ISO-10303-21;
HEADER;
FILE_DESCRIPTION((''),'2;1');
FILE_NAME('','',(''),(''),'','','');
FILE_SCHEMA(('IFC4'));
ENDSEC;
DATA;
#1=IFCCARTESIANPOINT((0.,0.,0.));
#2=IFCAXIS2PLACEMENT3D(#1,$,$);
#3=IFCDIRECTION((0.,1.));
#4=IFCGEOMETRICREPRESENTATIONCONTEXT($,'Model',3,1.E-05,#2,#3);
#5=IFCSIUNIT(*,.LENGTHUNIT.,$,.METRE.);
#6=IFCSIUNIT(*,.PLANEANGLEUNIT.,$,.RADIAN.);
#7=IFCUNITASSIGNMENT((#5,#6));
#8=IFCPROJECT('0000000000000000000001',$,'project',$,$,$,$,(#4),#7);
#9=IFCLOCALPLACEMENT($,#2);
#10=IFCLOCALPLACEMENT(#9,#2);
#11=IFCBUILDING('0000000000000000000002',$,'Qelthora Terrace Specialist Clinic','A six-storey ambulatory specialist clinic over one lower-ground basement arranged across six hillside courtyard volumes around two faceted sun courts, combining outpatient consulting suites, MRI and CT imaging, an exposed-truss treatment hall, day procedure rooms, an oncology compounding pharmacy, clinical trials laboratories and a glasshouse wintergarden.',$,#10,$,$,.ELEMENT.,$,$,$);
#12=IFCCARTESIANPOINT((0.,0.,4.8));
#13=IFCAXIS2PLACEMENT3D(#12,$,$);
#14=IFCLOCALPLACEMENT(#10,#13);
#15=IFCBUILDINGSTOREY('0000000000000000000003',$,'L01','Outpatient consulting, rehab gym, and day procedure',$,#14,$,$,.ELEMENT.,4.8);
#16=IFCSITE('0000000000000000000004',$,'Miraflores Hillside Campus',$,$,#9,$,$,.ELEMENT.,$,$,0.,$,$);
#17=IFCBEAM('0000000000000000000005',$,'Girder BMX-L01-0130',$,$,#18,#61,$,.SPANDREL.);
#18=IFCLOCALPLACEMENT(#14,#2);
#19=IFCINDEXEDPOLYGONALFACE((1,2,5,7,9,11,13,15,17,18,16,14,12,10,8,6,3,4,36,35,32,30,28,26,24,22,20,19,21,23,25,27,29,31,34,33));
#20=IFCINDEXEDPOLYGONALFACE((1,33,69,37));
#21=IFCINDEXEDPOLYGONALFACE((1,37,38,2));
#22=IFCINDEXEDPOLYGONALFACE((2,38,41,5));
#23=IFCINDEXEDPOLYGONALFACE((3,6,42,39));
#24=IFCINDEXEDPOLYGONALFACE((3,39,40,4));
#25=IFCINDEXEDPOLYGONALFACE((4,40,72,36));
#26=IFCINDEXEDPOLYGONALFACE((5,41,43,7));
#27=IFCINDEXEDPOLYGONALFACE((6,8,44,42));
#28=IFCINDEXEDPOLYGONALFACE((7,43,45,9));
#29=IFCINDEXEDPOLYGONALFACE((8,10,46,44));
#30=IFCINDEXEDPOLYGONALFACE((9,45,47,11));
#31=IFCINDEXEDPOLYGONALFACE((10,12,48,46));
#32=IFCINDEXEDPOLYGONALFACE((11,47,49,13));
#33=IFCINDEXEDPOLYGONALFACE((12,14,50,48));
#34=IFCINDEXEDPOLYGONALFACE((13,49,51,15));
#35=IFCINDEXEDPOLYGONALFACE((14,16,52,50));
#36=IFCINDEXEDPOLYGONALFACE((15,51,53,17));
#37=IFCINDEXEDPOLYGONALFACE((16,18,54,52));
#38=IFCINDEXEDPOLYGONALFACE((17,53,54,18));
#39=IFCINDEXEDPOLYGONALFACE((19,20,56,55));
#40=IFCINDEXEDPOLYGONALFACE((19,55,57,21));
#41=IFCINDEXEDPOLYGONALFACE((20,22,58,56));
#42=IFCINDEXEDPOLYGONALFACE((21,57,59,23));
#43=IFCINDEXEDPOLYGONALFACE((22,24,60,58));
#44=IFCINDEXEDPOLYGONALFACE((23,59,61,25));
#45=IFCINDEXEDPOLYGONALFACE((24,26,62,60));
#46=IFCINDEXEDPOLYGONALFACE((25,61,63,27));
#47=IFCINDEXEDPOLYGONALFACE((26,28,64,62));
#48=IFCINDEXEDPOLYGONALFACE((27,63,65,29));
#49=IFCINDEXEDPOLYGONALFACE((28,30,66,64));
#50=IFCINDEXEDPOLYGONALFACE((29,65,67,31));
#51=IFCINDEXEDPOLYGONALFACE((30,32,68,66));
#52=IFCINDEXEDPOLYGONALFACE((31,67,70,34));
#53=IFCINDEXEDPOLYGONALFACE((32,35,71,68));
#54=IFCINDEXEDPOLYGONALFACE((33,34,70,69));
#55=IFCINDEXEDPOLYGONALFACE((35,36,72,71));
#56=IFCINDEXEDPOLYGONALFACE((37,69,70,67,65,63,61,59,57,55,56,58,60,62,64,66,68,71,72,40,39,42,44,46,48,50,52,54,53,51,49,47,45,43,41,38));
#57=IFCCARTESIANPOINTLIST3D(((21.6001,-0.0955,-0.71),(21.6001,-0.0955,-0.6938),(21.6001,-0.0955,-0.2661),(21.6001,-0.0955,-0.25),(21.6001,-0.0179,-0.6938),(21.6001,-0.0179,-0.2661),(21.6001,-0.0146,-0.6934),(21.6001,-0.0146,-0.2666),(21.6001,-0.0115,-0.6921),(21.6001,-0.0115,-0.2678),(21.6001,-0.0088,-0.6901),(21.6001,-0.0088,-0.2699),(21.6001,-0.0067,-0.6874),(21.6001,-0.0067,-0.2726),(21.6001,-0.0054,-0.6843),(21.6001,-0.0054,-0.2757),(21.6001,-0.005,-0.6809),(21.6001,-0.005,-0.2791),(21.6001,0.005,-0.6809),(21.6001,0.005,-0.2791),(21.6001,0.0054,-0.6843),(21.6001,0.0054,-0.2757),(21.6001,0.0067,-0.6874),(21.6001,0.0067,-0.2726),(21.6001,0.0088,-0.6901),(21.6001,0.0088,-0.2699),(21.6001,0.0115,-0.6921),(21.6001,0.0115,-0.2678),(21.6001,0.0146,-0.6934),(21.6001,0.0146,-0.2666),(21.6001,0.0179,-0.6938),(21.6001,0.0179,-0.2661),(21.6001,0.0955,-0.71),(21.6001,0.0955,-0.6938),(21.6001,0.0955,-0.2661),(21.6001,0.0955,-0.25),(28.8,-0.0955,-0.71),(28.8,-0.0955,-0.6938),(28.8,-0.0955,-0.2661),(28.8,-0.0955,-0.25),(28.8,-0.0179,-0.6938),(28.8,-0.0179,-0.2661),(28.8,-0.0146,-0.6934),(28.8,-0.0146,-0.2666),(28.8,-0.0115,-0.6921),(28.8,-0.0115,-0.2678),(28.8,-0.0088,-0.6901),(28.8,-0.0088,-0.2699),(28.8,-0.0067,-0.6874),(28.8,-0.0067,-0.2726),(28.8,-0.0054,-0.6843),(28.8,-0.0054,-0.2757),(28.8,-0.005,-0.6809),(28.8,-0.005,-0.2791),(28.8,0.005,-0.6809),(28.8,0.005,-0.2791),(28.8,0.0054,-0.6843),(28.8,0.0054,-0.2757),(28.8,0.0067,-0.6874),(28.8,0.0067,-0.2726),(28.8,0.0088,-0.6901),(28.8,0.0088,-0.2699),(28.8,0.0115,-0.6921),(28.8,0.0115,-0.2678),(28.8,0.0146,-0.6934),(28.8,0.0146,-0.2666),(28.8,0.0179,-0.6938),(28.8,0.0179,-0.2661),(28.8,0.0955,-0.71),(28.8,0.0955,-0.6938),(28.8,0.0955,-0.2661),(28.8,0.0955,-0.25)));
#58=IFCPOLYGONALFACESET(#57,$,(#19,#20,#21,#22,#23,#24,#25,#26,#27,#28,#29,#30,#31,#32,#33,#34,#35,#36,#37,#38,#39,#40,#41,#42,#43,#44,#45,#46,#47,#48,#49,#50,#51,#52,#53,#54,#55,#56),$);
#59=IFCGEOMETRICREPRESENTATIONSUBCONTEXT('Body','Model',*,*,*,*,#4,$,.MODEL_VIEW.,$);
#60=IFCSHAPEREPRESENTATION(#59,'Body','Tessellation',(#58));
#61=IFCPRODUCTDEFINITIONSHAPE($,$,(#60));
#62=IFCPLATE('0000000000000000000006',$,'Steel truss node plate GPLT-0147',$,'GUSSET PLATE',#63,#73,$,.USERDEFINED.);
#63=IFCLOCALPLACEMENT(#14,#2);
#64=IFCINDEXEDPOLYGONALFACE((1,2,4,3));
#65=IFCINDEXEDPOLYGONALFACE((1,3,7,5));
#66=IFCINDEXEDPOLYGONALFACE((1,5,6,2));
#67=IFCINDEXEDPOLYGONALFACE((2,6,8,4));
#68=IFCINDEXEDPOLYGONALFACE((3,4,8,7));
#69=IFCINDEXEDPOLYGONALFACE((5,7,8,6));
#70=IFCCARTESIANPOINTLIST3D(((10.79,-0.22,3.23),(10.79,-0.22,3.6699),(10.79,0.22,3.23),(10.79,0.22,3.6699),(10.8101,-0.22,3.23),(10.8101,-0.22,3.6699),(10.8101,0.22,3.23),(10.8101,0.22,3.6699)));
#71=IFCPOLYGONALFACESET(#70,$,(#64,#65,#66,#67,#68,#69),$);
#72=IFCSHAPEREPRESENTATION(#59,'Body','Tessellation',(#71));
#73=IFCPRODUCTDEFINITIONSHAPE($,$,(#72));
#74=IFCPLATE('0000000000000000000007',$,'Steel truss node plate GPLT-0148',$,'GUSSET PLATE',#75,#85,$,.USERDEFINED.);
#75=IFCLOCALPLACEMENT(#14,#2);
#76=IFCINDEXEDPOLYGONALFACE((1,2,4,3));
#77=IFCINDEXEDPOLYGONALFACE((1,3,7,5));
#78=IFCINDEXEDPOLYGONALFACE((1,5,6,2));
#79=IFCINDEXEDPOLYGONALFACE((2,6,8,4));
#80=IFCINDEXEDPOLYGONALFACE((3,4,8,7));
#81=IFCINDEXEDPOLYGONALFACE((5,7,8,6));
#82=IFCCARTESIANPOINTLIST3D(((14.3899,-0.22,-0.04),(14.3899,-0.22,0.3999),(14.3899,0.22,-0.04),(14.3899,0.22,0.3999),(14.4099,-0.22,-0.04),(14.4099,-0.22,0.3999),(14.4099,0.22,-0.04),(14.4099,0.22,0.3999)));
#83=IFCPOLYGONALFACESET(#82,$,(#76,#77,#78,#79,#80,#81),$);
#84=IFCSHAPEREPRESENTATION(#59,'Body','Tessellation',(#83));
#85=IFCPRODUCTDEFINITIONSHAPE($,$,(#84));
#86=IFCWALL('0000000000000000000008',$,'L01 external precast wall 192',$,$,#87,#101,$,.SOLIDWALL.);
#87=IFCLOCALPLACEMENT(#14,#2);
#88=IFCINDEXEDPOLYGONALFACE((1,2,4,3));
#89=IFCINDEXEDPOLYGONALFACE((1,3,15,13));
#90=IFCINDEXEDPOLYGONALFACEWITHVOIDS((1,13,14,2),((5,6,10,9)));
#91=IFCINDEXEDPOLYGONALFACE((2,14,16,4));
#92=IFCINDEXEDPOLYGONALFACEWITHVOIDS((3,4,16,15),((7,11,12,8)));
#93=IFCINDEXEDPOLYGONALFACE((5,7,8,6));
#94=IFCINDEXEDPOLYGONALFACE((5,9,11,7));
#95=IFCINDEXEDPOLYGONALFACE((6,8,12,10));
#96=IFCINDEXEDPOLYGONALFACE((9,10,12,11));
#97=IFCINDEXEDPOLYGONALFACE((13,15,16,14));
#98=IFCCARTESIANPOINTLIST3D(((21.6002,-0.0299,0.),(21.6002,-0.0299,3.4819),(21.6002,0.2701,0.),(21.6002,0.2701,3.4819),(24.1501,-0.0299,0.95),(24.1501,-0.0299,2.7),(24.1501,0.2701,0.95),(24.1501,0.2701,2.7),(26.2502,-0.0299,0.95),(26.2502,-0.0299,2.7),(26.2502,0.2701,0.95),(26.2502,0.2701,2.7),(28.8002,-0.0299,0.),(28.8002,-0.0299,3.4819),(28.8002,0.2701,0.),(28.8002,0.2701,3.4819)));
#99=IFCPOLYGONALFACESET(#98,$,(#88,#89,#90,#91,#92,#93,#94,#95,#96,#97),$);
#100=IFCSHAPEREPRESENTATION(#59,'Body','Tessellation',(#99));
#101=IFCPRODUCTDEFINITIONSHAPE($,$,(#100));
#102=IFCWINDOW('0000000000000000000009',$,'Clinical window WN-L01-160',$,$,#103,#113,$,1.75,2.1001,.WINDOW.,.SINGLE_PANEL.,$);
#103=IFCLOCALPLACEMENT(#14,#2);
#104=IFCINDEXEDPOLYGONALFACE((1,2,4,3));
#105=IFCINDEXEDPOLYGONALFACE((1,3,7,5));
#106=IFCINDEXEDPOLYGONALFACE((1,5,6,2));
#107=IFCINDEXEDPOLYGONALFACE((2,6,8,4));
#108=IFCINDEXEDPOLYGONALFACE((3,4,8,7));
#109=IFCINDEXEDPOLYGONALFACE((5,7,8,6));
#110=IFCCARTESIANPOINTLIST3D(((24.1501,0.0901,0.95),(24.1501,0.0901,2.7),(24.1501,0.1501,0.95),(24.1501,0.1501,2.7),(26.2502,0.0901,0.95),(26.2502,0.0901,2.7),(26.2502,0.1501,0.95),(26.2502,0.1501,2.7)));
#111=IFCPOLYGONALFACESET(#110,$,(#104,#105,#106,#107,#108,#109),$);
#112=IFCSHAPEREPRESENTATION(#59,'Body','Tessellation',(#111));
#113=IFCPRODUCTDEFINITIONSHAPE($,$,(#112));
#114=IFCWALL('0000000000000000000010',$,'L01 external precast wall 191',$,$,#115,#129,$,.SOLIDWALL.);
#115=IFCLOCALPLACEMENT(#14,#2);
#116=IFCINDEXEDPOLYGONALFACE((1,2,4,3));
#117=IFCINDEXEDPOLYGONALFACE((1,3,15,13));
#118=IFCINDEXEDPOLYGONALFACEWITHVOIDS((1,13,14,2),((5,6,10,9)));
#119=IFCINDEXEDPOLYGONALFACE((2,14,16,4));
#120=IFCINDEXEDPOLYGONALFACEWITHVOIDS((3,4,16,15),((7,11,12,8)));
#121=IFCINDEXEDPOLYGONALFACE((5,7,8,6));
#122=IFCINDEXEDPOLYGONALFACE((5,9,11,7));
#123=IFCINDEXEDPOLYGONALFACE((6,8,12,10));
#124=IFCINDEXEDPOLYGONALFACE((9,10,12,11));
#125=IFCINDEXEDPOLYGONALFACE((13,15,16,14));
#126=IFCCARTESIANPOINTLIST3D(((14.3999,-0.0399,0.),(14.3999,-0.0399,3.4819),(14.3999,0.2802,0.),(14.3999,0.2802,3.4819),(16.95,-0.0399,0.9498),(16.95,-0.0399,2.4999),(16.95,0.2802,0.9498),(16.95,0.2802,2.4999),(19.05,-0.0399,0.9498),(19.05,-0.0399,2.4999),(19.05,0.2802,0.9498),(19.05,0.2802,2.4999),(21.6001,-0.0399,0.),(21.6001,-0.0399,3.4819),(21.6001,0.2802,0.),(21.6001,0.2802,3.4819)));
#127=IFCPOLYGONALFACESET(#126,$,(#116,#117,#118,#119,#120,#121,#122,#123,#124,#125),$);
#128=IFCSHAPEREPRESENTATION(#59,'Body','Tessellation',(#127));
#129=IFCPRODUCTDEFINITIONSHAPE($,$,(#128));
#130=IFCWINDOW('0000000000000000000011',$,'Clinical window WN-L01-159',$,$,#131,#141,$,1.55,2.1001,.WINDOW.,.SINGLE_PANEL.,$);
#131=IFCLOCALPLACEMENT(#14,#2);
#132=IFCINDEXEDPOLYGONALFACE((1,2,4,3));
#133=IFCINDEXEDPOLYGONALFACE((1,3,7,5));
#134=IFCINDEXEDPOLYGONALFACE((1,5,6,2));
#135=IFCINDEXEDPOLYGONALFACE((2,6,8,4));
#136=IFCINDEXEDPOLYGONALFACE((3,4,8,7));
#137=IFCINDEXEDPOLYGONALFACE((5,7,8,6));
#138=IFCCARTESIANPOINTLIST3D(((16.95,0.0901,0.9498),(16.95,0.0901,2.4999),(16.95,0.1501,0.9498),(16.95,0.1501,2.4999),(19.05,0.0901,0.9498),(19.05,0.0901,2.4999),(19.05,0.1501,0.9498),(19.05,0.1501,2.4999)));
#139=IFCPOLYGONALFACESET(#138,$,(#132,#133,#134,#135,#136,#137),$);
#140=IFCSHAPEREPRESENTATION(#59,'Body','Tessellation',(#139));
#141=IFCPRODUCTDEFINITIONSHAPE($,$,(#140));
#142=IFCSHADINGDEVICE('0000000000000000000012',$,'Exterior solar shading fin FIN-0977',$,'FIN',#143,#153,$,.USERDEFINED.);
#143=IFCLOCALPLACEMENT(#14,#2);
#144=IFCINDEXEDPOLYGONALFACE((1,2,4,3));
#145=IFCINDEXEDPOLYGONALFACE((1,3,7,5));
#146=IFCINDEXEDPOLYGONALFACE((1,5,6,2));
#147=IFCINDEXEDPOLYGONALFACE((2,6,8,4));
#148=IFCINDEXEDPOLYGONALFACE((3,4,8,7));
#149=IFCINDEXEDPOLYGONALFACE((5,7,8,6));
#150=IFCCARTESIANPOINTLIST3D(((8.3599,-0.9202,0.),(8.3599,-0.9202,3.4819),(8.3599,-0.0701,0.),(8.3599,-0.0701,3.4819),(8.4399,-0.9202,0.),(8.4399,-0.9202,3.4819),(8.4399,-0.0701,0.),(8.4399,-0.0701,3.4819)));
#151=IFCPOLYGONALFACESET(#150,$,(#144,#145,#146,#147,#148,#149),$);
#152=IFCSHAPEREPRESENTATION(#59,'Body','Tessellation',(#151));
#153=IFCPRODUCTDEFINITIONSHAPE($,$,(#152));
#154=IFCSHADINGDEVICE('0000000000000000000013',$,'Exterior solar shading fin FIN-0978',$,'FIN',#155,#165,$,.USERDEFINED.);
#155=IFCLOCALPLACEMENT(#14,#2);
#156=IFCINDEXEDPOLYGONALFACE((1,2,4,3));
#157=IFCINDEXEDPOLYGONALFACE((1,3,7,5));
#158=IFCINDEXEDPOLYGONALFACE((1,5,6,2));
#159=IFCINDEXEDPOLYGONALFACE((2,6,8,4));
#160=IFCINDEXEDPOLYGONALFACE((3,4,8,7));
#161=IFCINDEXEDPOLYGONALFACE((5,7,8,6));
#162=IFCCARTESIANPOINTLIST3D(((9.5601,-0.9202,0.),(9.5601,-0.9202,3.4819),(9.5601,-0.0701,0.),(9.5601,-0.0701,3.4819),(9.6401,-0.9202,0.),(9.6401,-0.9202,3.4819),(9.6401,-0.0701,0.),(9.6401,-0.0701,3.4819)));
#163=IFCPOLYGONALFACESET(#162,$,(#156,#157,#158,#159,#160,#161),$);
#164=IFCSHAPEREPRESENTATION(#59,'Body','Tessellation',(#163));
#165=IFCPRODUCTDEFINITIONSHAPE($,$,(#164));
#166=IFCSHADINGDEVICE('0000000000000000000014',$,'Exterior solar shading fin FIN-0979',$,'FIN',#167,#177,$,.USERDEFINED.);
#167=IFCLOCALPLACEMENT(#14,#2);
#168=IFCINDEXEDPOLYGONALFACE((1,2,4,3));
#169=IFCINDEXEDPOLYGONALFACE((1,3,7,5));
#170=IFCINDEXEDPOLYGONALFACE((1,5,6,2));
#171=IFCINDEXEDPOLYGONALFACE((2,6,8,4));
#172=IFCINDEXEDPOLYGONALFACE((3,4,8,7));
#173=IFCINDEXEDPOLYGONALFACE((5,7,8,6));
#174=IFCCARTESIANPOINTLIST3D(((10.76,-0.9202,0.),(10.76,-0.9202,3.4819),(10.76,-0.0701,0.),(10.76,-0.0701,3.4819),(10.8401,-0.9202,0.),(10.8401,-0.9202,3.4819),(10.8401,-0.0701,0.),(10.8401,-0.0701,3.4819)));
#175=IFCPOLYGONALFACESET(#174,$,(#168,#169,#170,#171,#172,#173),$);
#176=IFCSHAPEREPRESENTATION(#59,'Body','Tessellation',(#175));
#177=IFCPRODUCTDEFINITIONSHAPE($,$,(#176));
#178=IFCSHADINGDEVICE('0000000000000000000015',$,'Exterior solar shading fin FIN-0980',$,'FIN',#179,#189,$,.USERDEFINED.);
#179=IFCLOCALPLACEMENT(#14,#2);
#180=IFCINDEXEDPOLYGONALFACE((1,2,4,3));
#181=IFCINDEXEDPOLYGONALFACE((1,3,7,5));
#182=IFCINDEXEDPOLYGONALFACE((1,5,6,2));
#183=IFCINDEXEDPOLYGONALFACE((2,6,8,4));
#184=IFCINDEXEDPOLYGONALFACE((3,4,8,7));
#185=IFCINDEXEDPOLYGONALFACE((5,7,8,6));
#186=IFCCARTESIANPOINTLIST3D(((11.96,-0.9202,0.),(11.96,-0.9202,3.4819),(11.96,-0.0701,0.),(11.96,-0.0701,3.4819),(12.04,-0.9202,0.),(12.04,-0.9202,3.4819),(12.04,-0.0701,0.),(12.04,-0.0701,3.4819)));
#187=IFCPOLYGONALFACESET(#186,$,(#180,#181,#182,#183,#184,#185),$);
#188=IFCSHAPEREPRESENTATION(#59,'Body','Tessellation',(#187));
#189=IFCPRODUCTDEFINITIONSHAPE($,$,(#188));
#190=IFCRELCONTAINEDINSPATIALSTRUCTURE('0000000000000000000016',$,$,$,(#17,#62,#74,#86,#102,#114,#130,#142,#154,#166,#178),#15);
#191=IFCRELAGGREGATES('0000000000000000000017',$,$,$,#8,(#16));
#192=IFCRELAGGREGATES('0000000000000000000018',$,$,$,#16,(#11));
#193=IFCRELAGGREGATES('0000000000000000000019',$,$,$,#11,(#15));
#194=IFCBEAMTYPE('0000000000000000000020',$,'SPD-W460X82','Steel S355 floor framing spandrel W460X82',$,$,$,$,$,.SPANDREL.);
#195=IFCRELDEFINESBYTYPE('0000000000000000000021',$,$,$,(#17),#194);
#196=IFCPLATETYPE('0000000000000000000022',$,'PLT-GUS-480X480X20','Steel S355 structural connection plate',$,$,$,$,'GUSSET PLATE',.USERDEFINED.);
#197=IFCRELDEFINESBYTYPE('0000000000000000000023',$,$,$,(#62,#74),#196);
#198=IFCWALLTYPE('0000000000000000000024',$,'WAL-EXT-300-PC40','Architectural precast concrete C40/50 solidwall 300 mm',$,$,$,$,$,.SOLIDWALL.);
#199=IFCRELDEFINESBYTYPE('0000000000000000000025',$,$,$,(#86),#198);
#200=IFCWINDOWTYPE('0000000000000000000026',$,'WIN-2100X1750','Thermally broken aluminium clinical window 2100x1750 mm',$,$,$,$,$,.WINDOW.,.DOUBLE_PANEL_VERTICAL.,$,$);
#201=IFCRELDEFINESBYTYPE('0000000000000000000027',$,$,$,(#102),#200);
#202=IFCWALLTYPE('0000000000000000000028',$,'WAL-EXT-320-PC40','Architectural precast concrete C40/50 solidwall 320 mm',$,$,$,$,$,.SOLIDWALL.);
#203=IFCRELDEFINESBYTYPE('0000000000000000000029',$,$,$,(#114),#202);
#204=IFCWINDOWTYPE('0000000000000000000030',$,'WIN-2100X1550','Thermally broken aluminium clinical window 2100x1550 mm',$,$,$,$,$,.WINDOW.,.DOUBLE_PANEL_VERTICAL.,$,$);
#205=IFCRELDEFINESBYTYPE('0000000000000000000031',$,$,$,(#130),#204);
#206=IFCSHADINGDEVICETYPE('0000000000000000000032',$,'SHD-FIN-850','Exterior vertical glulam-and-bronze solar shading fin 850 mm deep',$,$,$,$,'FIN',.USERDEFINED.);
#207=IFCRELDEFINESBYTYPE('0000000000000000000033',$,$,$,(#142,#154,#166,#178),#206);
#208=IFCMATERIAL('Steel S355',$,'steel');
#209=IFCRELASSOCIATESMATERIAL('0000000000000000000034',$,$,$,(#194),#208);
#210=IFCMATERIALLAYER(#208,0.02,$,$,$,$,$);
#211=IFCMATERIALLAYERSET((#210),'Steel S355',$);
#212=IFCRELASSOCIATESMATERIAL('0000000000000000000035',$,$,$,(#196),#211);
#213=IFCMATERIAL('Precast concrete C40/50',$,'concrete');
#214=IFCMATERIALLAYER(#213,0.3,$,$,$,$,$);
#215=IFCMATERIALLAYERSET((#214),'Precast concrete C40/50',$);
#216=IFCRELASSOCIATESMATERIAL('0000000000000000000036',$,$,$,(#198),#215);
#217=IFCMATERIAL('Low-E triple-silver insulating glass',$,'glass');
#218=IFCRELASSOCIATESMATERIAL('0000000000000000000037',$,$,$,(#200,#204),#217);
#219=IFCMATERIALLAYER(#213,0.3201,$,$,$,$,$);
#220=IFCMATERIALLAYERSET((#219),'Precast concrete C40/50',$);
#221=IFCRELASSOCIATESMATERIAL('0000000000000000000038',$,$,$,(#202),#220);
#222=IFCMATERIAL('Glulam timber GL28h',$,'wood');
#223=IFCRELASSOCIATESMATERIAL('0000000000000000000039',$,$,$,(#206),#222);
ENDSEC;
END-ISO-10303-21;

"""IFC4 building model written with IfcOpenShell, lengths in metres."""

from ifc_helpers import new_model, si_unit, direction, frame, frame_2d, origin, origin_2d, place, context, subcontext, project, spatial, rectangle, i_section, extrude, material, layer, layer_set, material_profile, profile_set, type_object, element, fill, save


model = new_model("IFC4")

# Units and contexts
model_context = context("Model", 3, precision=1e-05, world=origin(), true_north=direction((0.0, 1.0)))
body_context = subcontext(model_context, "Body", "Model", "MODEL_VIEW")
ifc_project = project(units=[si_unit("LENGTHUNIT", "METRE"), si_unit("PLANEANGLEUNIT", "RADIAN")], contexts=[model_context])

# Site, building, storey
site_placement = place(None, origin())
site = spatial("IfcSite", under=ifc_project, at=site_placement, Name="Miraflores Hillside Campus", CompositionType="ELEMENT", RefElevation=0.0)
building_placement = place(site_placement, origin())
building = spatial("IfcBuilding", under=site, at=building_placement, Name="Qelthora Terrace Specialist Clinic", Description="A six-storey ambulatory specialist clinic over one lower-ground basement arranged across six hillside courtyard volumes around two faceted sun courts, combining outpatient consulting suites, MRI and CT imaging, an exposed-truss treatment hall, day procedure rooms, an oncology compounding pharmacy, clinical trials laboratories and a glasshouse wintergarden.", CompositionType="ELEMENT")
storey_placement = place(building_placement, frame((0.0, 0.0, 4.8)))
storey = spatial("IfcBuildingStorey", under=building, at=storey_placement, Name="L01", Description="Outpatient consulting, rehab gym, and day procedure", CompositionType="ELEMENT", Elevation=4.8)

# Shared definitions
ifc_material_1 = material(Name="Steel S355", Category="steel")

# Beam
ifc_material_profile_1 = material_profile(ifc_material_1, i_section(OverallWidth=0.1909, OverallDepth=0.46, WebThickness=0.01, FlangeThickness=0.0161, FilletRadius=0.0129, at=origin_2d()), Name="W460X82")
ifc_profile_set_1 = profile_set([ifc_material_profile_1], Name="Steel S355")
beam_type_1 = type_object("IfcBeamType", Name="SPD-W460X82", Description="Steel S355 floor framing spandrel W460X82", PredefinedType="SPANDREL", material=ifc_profile_set_1)
beam_1_placement = place(storey_placement, frame((21.6001, 0.0, -0.48), z_axis=(1.0, 0.0, 0.0), x_axis=(0.0, 1.0, 0.0)))
element("IfcBeam", 1, at=beam_1_placement, inside=storey, type_object=beam_type_1, Name="Girder BMX-L01-0130", PredefinedType="SPANDREL", context=body_context, shape_type="SweptSolid", body=[
    extrude(i_section(OverallWidth=0.1909, OverallDepth=0.46, WebThickness=0.01, FlangeThickness=0.0161, FilletRadius=0.0129, at=origin_2d()), origin(), (0.0, 0.0, 1.0), 7.2),
])

# Plates
ifc_layer_1 = layer(ifc_material_1, 0.02)
ifc_layer_set_1 = layer_set([ifc_layer_1], Name="Steel S355")
plate_type = type_object("IfcPlateType", Name="PLT-GUS-480X480X20", Description="Steel S355 structural connection plate", ElementType="GUSSET PLATE", PredefinedType="USERDEFINED", material=ifc_layer_set_1)
for number, where, z_axis, x_axis, name in (
    (2, (10.8, 0.0, 3.23), (0.0, 0.0, 1.0), (1.0, 0.0, 0.0), "Steel truss node plate GPLT-0147"),
    (3, (14.3999, 0.0, -0.04), (0.0, 0.0, 1.0), (1.0, 0.0, 0.0), "Steel truss node plate GPLT-0148"),
):
    element("IfcPlate", number, at=place(storey_placement, frame(where, z_axis=z_axis, x_axis=x_axis)), inside=storey, type_object=plate_type, Name=name, ObjectType="GUSSET PLATE", PredefinedType="USERDEFINED", context=body_context, shape_type="SweptSolid", body=[
        extrude(rectangle(XDim=0.02, YDim=0.4399, at=origin_2d()), origin(), (0.0, 0.0, 1.0), 0.4399),
    ])

# Walls, openings, windows
ifc_material_2 = material(Name="Precast concrete C40/50", Category="concrete")
ifc_layer_2 = layer(ifc_material_2, 0.3)
ifc_layer_set_2 = layer_set([ifc_layer_2], Name="Precast concrete C40/50")
wall_type_1 = type_object("IfcWallType", Name="WAL-EXT-300-PC40", Description="Architectural precast concrete C40/50 solidwall 300 mm", PredefinedType="SOLIDWALL", material=ifc_layer_set_2)
wall_1_placement = place(storey_placement, frame((21.6001, 0.1201, 0.0), z_axis=(0.0, 0.0, 1.0), x_axis=(1.0, 0.0, 0.0)))
wall_1 = element("IfcWall", 4, at=wall_1_placement, inside=storey, type_object=wall_type_1, Name="L01 external precast wall 192", PredefinedType="SOLIDWALL", context=body_context, shape_type="SweptSolid", body=[
    extrude(rectangle(XDim=7.2, YDim=0.3, at=frame_2d((3.6001, 0.0))), origin(), (0.0, 0.0, 1.0), 3.4819),
])
opening_1_placement = place(wall_1_placement, frame((2.55, 0.0, 0.95)))
opening_1 = element("IfcOpeningElement", 5, at=opening_1_placement, cuts=wall_1, PredefinedType="OPENING", context=body_context, shape_type="SweptSolid", body=[
    extrude(rectangle(XDim=2.1001, YDim=1.75, at=frame_2d((1.05, 0.875))), frame((0.0, 0.1599, 0.0), z_axis=(0.0, -1.0, 0.0), x_axis=(1.0, 0.0, 0.0)), (0.0, 0.0, 1.0), 0.3201),
])
ifc_material_3 = material(Name="Low-E triple-silver insulating glass", Category="glass")
window_type_1 = type_object("IfcWindowType", Name="WIN-2100X1750", Description="Thermally broken aluminium clinical window 2100x1750 mm", PartitioningType="DOUBLE_PANEL_VERTICAL", PredefinedType="WINDOW", material=ifc_material_3)
window_1_placement = place(opening_1_placement, origin())
window_1 = element("IfcWindow", 6, at=window_1_placement, inside=storey, type_object=window_type_1, Name="Clinical window WN-L01-160", OverallHeight=1.75, OverallWidth=2.1001, PartitioningType="SINGLE_PANEL", PredefinedType="WINDOW", context=body_context, shape_type="SweptSolid", body=[
    extrude(rectangle(XDim=2.1001, YDim=1.75, at=frame_2d((1.05, 0.875))), frame((0.0, 0.03, 0.0), z_axis=(0.0, -1.0, 0.0), x_axis=(1.0, 0.0, 0.0)), (0.0, 0.0, 1.0), 0.0601),
])
fill(opening_1, window_1)
ifc_layer_3 = layer(ifc_material_2, 0.3201)
ifc_layer_set_3 = layer_set([ifc_layer_3], Name="Precast concrete C40/50")
wall_type_2 = type_object("IfcWallType", Name="WAL-EXT-320-PC40", Description="Architectural precast concrete C40/50 solidwall 320 mm", PredefinedType="SOLIDWALL", material=ifc_layer_set_3)
wall_2_placement = place(storey_placement, frame((14.3999, 0.1201, 0.0), z_axis=(0.0, 0.0, 1.0), x_axis=(1.0, 0.0, 0.0)))
wall_2 = element("IfcWall", 7, at=wall_2_placement, inside=storey, type_object=wall_type_2, Name="L01 external precast wall 191", PredefinedType="SOLIDWALL", context=body_context, shape_type="SweptSolid", body=[
    extrude(rectangle(XDim=7.2002, YDim=0.3201, at=frame_2d((3.6001, 0.0))), origin(), (0.0, 0.0, 1.0), 3.4819),
])
opening_2_placement = place(wall_2_placement, frame((2.55, 0.0, 0.95)))
opening_2 = element("IfcOpeningElement", 8, at=opening_2_placement, cuts=wall_2, PredefinedType="OPENING", context=body_context, shape_type="SweptSolid", body=[
    extrude(rectangle(XDim=2.1001, YDim=1.55, at=frame_2d((1.05, 0.7749))), frame((0.0, 0.1699, 0.0), z_axis=(0.0, -1.0, 0.0), x_axis=(1.0, 0.0, 0.0)), (0.0, 0.0, 1.0), 0.3401),
])
window_type_2 = type_object("IfcWindowType", Name="WIN-2100X1550", Description="Thermally broken aluminium clinical window 2100x1550 mm", PartitioningType="DOUBLE_PANEL_VERTICAL", PredefinedType="WINDOW", material=ifc_material_3)
window_2_placement = place(opening_2_placement, origin())
window_2 = element("IfcWindow", 9, at=window_2_placement, inside=storey, type_object=window_type_2, Name="Clinical window WN-L01-159", OverallHeight=1.55, OverallWidth=2.1001, PartitioningType="SINGLE_PANEL", PredefinedType="WINDOW", context=body_context, shape_type="SweptSolid", body=[
    extrude(rectangle(XDim=2.1001, YDim=1.55, at=frame_2d((1.05, 0.7749))), frame((0.0, 0.03, 0.0), z_axis=(0.0, -1.0, 0.0), x_axis=(1.0, 0.0, 0.0)), (0.0, 0.0, 1.0), 0.0601),
])
fill(opening_2, window_2)

# Shading devices
ifc_material_4 = material(Name="Glulam timber GL28h", Category="wood")
shading_device_type = type_object("IfcShadingDeviceType", Name="SHD-FIN-850", Description="Exterior vertical glulam-and-bronze solar shading fin 850 mm deep", ElementType="FIN", PredefinedType="USERDEFINED", material=ifc_material_4)
for number, where, z_axis, x_axis, name in (
    (10, (8.3999, -0.4951, 0.0), (0.0, 0.0, 1.0), (0.0, -1.0, 0.0), "Exterior solar shading fin FIN-0977"),
    (11, (9.6001, -0.4951, 0.0), (0.0, 0.0, 1.0), (0.0, -1.0, 0.0), "Exterior solar shading fin FIN-0978"),
    (12, (10.8, -0.4951, 0.0), (0.0, 0.0, 1.0), (0.0, -1.0, 0.0), "Exterior solar shading fin FIN-0979"),
    (13, (12.0, -0.4951, 0.0), (0.0, 0.0, 1.0), (0.0, -1.0, 0.0), "Exterior solar shading fin FIN-0980"),
):
    element("IfcShadingDevice", number, at=place(storey_placement, frame(where, z_axis=z_axis, x_axis=x_axis)), inside=storey, type_object=shading_device_type, Name=name, ObjectType="FIN", PredefinedType="USERDEFINED", context=body_context, shape_type="SweptSolid", body=[
        extrude(rectangle(XDim=0.8501, YDim=0.0801, at=origin_2d()), origin(), (0.0, 0.0, 1.0), 3.4819),
    ])

save(model, "model.ifc")
